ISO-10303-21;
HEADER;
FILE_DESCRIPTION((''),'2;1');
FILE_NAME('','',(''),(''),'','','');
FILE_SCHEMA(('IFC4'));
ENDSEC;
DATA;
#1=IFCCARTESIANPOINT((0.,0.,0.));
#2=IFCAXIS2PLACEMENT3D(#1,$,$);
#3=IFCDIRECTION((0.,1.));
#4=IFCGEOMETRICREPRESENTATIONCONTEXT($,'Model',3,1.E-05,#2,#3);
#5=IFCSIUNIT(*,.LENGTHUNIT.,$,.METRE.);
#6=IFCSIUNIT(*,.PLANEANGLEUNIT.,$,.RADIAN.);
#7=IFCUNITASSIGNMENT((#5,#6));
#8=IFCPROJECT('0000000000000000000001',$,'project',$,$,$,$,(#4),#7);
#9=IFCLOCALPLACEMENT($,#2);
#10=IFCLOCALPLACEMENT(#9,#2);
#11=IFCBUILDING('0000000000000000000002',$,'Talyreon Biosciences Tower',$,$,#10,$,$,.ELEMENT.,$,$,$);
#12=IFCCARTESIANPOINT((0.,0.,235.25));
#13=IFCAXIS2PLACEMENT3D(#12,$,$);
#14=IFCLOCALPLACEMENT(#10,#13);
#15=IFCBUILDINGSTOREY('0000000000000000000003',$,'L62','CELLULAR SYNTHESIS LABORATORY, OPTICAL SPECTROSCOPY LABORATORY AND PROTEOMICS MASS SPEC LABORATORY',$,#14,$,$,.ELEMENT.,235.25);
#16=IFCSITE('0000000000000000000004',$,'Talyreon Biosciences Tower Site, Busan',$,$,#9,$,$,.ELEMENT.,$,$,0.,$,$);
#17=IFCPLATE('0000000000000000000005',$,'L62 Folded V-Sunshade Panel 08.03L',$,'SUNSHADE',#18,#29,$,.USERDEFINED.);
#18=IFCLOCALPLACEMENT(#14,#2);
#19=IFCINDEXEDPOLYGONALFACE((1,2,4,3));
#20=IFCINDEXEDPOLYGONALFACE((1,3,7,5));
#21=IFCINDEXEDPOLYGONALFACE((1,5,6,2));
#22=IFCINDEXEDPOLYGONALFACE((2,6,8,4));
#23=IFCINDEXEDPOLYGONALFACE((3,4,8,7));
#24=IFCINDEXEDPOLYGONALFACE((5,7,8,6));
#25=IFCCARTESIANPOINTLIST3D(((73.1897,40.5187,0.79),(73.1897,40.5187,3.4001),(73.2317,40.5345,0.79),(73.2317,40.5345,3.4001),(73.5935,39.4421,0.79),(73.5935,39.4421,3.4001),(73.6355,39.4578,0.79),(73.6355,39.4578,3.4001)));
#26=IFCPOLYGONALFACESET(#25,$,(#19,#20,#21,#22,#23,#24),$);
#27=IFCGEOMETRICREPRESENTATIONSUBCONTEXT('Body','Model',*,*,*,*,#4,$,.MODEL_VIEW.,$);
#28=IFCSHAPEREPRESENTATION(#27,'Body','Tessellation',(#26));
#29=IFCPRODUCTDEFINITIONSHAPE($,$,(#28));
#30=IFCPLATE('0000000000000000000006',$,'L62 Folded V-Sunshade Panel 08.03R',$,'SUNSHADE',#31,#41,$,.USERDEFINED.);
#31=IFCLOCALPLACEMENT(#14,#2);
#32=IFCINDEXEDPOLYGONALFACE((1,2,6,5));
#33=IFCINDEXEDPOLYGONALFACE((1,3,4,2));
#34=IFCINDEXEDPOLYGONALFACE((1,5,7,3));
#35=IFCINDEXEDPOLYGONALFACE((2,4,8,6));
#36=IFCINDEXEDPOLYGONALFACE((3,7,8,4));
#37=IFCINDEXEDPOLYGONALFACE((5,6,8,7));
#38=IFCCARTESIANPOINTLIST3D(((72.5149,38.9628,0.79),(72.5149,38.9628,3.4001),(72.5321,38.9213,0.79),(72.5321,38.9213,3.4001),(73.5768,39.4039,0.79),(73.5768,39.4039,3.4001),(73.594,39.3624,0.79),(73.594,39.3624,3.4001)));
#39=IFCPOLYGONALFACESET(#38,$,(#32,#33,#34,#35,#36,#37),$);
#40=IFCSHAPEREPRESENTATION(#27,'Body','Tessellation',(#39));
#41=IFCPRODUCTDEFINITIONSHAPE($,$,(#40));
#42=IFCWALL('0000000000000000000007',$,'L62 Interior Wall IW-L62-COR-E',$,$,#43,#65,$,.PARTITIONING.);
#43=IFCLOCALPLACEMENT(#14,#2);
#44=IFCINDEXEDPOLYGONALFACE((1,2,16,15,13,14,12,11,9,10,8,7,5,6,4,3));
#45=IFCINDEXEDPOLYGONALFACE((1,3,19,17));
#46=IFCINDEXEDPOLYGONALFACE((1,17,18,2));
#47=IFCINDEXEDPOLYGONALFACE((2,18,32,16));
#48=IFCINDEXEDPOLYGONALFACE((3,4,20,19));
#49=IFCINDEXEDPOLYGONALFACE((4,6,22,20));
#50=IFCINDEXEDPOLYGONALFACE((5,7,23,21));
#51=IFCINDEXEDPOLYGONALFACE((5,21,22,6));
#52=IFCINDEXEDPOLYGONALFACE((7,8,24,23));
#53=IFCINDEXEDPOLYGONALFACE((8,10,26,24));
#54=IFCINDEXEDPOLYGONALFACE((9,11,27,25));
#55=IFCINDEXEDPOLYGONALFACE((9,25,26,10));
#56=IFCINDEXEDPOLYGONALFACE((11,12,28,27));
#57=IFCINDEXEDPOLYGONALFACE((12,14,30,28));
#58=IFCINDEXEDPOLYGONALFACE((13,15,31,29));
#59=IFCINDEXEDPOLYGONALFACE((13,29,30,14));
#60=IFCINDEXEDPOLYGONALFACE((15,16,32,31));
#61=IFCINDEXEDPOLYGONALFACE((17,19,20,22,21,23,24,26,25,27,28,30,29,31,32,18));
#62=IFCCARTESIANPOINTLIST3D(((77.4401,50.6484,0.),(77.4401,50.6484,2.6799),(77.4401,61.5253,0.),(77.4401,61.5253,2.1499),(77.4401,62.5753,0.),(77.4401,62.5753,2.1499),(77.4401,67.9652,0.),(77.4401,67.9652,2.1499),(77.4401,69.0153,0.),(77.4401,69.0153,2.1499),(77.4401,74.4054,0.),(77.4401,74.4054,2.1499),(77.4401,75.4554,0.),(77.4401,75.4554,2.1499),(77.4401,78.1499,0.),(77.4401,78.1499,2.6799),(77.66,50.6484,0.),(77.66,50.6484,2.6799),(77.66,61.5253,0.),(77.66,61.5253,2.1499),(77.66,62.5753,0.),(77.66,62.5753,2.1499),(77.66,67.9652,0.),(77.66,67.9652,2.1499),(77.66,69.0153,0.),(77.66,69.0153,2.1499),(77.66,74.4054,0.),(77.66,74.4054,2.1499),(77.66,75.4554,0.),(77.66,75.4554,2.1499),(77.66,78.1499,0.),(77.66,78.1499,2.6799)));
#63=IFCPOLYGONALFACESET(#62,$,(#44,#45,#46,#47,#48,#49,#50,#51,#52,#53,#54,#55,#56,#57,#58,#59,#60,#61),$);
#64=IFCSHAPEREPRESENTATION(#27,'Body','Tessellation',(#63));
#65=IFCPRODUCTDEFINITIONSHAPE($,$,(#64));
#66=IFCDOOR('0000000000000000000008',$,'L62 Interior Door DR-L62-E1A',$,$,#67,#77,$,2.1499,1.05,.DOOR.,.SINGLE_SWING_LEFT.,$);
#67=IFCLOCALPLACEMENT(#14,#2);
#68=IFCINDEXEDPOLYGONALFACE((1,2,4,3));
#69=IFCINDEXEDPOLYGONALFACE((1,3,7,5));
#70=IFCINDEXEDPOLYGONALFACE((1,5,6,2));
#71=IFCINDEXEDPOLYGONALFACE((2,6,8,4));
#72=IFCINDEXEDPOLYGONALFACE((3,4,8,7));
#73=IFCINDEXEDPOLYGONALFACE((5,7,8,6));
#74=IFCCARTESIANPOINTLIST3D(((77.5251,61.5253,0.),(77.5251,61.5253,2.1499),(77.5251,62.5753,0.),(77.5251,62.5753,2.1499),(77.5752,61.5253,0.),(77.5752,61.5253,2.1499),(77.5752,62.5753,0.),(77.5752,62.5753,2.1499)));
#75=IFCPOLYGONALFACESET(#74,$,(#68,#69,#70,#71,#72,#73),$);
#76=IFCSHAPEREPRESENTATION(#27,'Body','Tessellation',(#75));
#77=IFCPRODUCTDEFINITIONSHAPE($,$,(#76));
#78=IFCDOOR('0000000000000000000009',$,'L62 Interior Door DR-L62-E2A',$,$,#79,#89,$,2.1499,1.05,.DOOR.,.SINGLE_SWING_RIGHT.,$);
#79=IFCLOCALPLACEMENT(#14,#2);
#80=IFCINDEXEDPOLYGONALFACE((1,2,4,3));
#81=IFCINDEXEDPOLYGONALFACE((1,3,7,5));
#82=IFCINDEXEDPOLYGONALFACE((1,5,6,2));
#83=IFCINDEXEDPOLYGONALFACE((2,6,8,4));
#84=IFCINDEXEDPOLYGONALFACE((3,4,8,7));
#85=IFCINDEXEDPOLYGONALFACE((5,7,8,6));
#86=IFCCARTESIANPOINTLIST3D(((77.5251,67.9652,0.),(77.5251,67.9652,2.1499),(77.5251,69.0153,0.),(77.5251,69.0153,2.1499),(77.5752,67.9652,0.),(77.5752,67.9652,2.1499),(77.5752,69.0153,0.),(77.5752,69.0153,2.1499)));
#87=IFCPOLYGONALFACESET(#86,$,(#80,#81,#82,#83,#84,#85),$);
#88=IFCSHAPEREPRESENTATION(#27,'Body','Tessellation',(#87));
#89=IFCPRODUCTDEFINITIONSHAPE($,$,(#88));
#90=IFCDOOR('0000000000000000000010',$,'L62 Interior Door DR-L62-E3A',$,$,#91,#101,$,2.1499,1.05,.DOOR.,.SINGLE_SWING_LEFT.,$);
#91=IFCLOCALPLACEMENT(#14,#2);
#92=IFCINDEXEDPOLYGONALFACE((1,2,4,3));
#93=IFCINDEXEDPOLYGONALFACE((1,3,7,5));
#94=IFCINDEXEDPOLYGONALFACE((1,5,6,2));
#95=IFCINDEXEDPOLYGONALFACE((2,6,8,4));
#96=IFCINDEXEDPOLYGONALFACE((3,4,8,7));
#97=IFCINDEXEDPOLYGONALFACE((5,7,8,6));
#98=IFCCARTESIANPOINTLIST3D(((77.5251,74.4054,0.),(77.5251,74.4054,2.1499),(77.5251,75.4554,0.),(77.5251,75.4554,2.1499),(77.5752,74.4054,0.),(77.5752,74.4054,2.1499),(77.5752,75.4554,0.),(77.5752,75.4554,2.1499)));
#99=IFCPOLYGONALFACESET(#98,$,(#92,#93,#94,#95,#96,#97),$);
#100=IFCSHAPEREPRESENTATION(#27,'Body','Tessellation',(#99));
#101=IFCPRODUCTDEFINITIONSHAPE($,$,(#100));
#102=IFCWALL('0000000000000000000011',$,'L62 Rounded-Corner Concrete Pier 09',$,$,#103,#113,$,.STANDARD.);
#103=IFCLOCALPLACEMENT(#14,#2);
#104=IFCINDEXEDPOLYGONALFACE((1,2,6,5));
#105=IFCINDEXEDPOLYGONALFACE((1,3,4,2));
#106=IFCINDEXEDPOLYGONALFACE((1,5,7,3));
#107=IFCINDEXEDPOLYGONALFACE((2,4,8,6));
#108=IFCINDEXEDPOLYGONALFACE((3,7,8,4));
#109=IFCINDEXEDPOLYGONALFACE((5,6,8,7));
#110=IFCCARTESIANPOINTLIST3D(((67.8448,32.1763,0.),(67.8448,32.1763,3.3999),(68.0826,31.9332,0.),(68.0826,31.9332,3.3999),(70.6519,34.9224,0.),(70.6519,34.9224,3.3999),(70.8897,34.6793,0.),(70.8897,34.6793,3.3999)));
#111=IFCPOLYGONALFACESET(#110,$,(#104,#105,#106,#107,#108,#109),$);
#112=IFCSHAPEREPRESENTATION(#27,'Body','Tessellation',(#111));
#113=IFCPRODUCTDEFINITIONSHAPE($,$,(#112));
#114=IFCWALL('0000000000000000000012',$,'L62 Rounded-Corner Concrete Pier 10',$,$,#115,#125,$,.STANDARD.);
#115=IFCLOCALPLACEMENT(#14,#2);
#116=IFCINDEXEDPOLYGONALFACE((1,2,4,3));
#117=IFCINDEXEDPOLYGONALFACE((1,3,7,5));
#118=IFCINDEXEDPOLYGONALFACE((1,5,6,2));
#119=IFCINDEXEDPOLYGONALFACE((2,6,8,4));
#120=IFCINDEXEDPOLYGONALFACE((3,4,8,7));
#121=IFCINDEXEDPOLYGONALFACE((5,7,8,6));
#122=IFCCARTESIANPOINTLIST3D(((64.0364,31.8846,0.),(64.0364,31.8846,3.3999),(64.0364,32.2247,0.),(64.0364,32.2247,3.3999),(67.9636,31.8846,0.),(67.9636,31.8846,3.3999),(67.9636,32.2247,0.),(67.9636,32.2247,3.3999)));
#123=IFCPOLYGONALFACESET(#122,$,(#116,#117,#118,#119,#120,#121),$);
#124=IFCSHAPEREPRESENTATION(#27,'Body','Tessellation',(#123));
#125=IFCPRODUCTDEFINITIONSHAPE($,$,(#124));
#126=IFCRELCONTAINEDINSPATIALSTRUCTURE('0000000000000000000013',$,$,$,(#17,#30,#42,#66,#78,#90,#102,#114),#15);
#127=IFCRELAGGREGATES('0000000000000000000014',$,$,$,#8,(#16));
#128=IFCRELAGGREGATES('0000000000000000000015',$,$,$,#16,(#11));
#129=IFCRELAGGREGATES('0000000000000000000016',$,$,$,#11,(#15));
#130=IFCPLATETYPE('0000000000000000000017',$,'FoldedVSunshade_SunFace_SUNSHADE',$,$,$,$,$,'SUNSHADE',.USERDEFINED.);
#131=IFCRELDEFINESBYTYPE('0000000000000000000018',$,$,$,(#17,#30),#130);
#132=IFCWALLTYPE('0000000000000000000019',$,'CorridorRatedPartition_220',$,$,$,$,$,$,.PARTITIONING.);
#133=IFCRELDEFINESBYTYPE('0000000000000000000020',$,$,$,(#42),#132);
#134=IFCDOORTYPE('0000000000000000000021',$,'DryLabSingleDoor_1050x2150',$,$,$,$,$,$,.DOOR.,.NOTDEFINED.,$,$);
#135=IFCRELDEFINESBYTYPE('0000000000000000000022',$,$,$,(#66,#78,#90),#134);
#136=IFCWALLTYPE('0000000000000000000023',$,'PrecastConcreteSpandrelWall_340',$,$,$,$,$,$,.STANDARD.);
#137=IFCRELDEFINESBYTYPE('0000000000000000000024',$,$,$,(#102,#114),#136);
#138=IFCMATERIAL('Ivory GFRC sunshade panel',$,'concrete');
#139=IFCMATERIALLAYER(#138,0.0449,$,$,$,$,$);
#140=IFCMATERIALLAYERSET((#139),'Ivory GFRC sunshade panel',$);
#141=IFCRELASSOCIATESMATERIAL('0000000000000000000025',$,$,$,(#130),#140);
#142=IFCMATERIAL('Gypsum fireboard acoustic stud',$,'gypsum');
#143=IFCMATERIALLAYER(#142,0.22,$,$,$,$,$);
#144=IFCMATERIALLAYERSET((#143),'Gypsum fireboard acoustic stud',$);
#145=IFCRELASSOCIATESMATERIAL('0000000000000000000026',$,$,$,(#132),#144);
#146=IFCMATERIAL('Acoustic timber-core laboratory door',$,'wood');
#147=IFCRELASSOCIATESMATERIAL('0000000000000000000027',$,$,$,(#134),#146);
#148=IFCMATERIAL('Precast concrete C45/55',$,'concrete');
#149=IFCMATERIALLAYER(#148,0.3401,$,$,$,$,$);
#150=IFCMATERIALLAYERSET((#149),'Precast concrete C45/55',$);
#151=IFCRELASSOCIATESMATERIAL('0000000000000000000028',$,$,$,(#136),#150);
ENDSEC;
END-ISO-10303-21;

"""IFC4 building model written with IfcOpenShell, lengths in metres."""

from ifc_helpers import new_model, si_unit, direction, frame, frame_2d, origin, origin_2d, place, context, subcontext, project, spatial, rectangle, extrude, material, layer, layer_set, type_object, element, fill, save


model = new_model("IFC4")

# Units and contexts
model_context = context("Model", 3, precision=1e-05, world=origin(), true_north=direction((0.0, 1.0)))
body_context = subcontext(model_context, "Body", "Model", "MODEL_VIEW")
ifc_project = project(units=[si_unit("LENGTHUNIT", "METRE"), si_unit("PLANEANGLEUNIT", "RADIAN")], contexts=[model_context])

# Site, building, storey
site_placement = place(None, origin())
site = spatial("IfcSite", under=ifc_project, at=site_placement, Name="Talyreon Biosciences Tower Site, Busan", CompositionType="ELEMENT", RefElevation=0.0)
building_placement = place(site_placement, origin())
building = spatial("IfcBuilding", under=site, at=building_placement, Name="Talyreon Biosciences Tower", CompositionType="ELEMENT")
storey_placement = place(building_placement, frame((0.0, 0.0, 235.25)))
storey = spatial("IfcBuildingStorey", under=building, at=storey_placement, Name="L62", Description="CELLULAR SYNTHESIS LABORATORY, OPTICAL SPECTROSCOPY LABORATORY AND PROTEOMICS MASS SPEC LABORATORY", CompositionType="ELEMENT", Elevation=235.25)

# Shared definitions
ifc_material_1 = material(Name="Precast concrete C45/55", Category="concrete")

# Plates
ifc_material_2 = material(Name="Ivory GFRC sunshade panel", Category="concrete")
ifc_layer_1 = layer(ifc_material_2, 0.0449)
ifc_layer_set_1 = layer_set([ifc_layer_1], Name="Ivory GFRC sunshade panel")
plate_type_1 = type_object("IfcPlateType", Name="FoldedVSunshade_SunFace_SUNSHADE", ElementType="SUNSHADE", PredefinedType="USERDEFINED", material=ifc_layer_set_1)
for number, where, z_axis, x_axis, name in (
    (1, (73.4126, 39.9883, 0.79), (0.0, 0.0, 1.0), (0.351139, -0.936323, 0.0), "L62 Folded V-Sunshade Panel 08.03L"),
    (2, (73.0544, 39.1626, 0.79), (0.0, 0.0, 1.0), (-0.923498, -0.383602, 0.0), "L62 Folded V-Sunshade Panel 08.03R"),
):
    element("IfcPlate", number, at=place(storey_placement, frame(where, z_axis=z_axis, x_axis=x_axis)), inside=storey, type_object=plate_type_1, Name=name, ObjectType="SUNSHADE", PredefinedType="USERDEFINED", context=body_context, shape_type="SweptSolid", body=[
        extrude(rectangle(XDim=1.1499, YDim=0.0449, at=origin_2d()), origin(), (0.0, 0.0, 1.0), 2.6101),
    ])

# Wall, openings, doors
ifc_material_3 = material(Name="Gypsum fireboard acoustic stud", Category="gypsum")
ifc_layer_2 = layer(ifc_material_3, 0.22)
ifc_layer_set_2 = layer_set([ifc_layer_2], Name="Gypsum fireboard acoustic stud")
wall_type_1 = type_object("IfcWallType", Name="CorridorRatedPartition_220", PredefinedType="PARTITIONING", material=ifc_layer_set_2)
wall_1_placement = place(storey_placement, frame((77.55, 50.6484, 0.0), z_axis=(0.0, 0.0, 1.0), x_axis=(0.0, 1.0, 0.0)))
wall_1 = element("IfcWall", 3, at=wall_1_placement, inside=storey, type_object=wall_type_1, Name="L62 Interior Wall IW-L62-COR-E", PredefinedType="PARTITIONING", context=body_context, shape_type="SweptSolid", body=[
    extrude(rectangle(XDim=27.5015, YDim=0.22, at=frame_2d((13.7507, 0.0))), origin(), (0.0, 0.0, 1.0), 2.6799),
])
opening_1_placement = place(wall_1_placement, frame((10.877, 0.0, 0.0)))
opening_1 = element("IfcOpeningElement", 4, at=opening_1_placement, cuts=wall_1, PredefinedType="OPENING", context=body_context, shape_type="SweptSolid", body=[
    extrude(rectangle(XDim=1.05, YDim=2.1499, at=frame_2d((0.5249, 1.075))), frame((0.0, 0.1199, 0.0), z_axis=(0.0, -1.0, 0.0), x_axis=(1.0, 0.0, 0.0)), (0.0, 0.0, 1.0), 0.24),
])
opening_2_placement = place(wall_1_placement, frame((17.3169, 0.0, 0.0)))
opening_2 = element("IfcOpeningElement", 5, at=opening_2_placement, cuts=wall_1, PredefinedType="OPENING", context=body_context, shape_type="SweptSolid", body=[
    extrude(rectangle(XDim=1.05, YDim=2.1499, at=frame_2d((0.5249, 1.075))), frame((0.0, 0.1199, 0.0), z_axis=(0.0, -1.0, 0.0), x_axis=(1.0, 0.0, 0.0)), (0.0, 0.0, 1.0), 0.24),
])
opening_3_placement = place(wall_1_placement, frame((23.7571, 0.0, 0.0)))
opening_3 = element("IfcOpeningElement", 6, at=opening_3_placement, cuts=wall_1, PredefinedType="OPENING", context=body_context, shape_type="SweptSolid", body=[
    extrude(rectangle(XDim=1.05, YDim=2.1499, at=frame_2d((0.5249, 1.075))), frame((0.0, 0.1199, 0.0), z_axis=(0.0, -1.0, 0.0), x_axis=(1.0, 0.0, 0.0)), (0.0, 0.0, 1.0), 0.24),
])
ifc_material_4 = material(Name="Acoustic timber-core laboratory door", Category="wood")
door_type = type_object("IfcDoorType", Name="DryLabSingleDoor_1050x2150", OperationType="NOTDEFINED", PredefinedType="DOOR", material=ifc_material_4)
door_1_placement = place(opening_1_placement, origin())
door_1 = element("IfcDoor", 7, at=door_1_placement, inside=storey, type_object=door_type, Name="L62 Interior Door DR-L62-E1A", OperationType="SINGLE_SWING_LEFT", OverallHeight=2.1499, OverallWidth=1.05, PredefinedType="DOOR", context=body_context, shape_type="SweptSolid", body=[
    extrude(rectangle(XDim=1.05, YDim=2.1499, at=frame_2d((0.5249, 1.075))), frame((0.0, 0.0249, 0.0), z_axis=(0.0, -1.0, 0.0), x_axis=(1.0, 0.0, 0.0)), (0.0, 0.0, 1.0), 0.05),
])
fill(opening_1, door_1)
door_2_placement = place(opening_2_placement, origin())
door_2 = element("IfcDoor", 8, at=door_2_placement, inside=storey, type_object=door_type, Name="L62 Interior Door DR-L62-E2A", OperationType="SINGLE_SWING_RIGHT", OverallHeight=2.1499, OverallWidth=1.05, PredefinedType="DOOR", context=body_context, shape_type="SweptSolid", body=[
    extrude(rectangle(XDim=1.05, YDim=2.1499, at=frame_2d((0.5249, 1.075))), frame((0.0, 0.0249, 0.0), z_axis=(0.0, -1.0, 0.0), x_axis=(1.0, 0.0, 0.0)), (0.0, 0.0, 1.0), 0.05),
])
fill(opening_2, door_2)
door_3_placement = place(opening_3_placement, origin())
door_3 = element("IfcDoor", 9, at=door_3_placement, inside=storey, type_object=door_type, Name="L62 Interior Door DR-L62-E3A", OperationType="SINGLE_SWING_LEFT", OverallHeight=2.1499, OverallWidth=1.05, PredefinedType="DOOR", context=body_context, shape_type="SweptSolid", body=[
    extrude(rectangle(XDim=1.05, YDim=2.1499, at=frame_2d((0.5249, 1.075))), frame((0.0, 0.0249, 0.0), z_axis=(0.0, -1.0, 0.0), x_axis=(1.0, 0.0, 0.0)), (0.0, 0.0, 1.0), 0.05),
])
fill(opening_3, door_3)

# Walls
ifc_layer_3 = layer(ifc_material_1, 0.3401)
ifc_layer_set_3 = layer_set([ifc_layer_3], Name="Precast concrete C45/55")
wall_type_2 = type_object("IfcWallType", Name="PrecastConcreteSpandrelWall_340", PredefinedType="STANDARD", material=ifc_layer_set_3)
wall_2_placement = place(storey_placement, frame((70.7708, 34.8008, 0.0), z_axis=(0.0, 0.0, 1.0), x_axis=(-0.714835, -0.699293, 0.0)))
element("IfcWall", 10, at=wall_2_placement, inside=storey, type_object=wall_type_2, Name="L62 Rounded-Corner Concrete Pier 09", PredefinedType="STANDARD", context=body_context, shape_type="SweptSolid", body=[
    extrude(rectangle(XDim=3.927, YDim=0.3401, at=frame_2d((1.9634, 0.0))), origin(), (0.0, 0.0, 1.0), 3.3999),
])
wall_3_placement = place(storey_placement, frame((67.9636, 32.0547, 0.0), z_axis=(0.0, 0.0, 1.0), x_axis=(-1.0, 0.0, 0.0)))
element("IfcWall", 11, at=wall_3_placement, inside=storey, type_object=wall_type_2, Name="L62 Rounded-Corner Concrete Pier 10", PredefinedType="STANDARD", context=body_context, shape_type="SweptSolid", body=[
    extrude(rectangle(XDim=3.9272, YDim=0.3401, at=frame_2d((1.9636, 0.0))), origin(), (0.0, 0.0, 1.0), 3.3999),
])

save(model, "model.ifc")
